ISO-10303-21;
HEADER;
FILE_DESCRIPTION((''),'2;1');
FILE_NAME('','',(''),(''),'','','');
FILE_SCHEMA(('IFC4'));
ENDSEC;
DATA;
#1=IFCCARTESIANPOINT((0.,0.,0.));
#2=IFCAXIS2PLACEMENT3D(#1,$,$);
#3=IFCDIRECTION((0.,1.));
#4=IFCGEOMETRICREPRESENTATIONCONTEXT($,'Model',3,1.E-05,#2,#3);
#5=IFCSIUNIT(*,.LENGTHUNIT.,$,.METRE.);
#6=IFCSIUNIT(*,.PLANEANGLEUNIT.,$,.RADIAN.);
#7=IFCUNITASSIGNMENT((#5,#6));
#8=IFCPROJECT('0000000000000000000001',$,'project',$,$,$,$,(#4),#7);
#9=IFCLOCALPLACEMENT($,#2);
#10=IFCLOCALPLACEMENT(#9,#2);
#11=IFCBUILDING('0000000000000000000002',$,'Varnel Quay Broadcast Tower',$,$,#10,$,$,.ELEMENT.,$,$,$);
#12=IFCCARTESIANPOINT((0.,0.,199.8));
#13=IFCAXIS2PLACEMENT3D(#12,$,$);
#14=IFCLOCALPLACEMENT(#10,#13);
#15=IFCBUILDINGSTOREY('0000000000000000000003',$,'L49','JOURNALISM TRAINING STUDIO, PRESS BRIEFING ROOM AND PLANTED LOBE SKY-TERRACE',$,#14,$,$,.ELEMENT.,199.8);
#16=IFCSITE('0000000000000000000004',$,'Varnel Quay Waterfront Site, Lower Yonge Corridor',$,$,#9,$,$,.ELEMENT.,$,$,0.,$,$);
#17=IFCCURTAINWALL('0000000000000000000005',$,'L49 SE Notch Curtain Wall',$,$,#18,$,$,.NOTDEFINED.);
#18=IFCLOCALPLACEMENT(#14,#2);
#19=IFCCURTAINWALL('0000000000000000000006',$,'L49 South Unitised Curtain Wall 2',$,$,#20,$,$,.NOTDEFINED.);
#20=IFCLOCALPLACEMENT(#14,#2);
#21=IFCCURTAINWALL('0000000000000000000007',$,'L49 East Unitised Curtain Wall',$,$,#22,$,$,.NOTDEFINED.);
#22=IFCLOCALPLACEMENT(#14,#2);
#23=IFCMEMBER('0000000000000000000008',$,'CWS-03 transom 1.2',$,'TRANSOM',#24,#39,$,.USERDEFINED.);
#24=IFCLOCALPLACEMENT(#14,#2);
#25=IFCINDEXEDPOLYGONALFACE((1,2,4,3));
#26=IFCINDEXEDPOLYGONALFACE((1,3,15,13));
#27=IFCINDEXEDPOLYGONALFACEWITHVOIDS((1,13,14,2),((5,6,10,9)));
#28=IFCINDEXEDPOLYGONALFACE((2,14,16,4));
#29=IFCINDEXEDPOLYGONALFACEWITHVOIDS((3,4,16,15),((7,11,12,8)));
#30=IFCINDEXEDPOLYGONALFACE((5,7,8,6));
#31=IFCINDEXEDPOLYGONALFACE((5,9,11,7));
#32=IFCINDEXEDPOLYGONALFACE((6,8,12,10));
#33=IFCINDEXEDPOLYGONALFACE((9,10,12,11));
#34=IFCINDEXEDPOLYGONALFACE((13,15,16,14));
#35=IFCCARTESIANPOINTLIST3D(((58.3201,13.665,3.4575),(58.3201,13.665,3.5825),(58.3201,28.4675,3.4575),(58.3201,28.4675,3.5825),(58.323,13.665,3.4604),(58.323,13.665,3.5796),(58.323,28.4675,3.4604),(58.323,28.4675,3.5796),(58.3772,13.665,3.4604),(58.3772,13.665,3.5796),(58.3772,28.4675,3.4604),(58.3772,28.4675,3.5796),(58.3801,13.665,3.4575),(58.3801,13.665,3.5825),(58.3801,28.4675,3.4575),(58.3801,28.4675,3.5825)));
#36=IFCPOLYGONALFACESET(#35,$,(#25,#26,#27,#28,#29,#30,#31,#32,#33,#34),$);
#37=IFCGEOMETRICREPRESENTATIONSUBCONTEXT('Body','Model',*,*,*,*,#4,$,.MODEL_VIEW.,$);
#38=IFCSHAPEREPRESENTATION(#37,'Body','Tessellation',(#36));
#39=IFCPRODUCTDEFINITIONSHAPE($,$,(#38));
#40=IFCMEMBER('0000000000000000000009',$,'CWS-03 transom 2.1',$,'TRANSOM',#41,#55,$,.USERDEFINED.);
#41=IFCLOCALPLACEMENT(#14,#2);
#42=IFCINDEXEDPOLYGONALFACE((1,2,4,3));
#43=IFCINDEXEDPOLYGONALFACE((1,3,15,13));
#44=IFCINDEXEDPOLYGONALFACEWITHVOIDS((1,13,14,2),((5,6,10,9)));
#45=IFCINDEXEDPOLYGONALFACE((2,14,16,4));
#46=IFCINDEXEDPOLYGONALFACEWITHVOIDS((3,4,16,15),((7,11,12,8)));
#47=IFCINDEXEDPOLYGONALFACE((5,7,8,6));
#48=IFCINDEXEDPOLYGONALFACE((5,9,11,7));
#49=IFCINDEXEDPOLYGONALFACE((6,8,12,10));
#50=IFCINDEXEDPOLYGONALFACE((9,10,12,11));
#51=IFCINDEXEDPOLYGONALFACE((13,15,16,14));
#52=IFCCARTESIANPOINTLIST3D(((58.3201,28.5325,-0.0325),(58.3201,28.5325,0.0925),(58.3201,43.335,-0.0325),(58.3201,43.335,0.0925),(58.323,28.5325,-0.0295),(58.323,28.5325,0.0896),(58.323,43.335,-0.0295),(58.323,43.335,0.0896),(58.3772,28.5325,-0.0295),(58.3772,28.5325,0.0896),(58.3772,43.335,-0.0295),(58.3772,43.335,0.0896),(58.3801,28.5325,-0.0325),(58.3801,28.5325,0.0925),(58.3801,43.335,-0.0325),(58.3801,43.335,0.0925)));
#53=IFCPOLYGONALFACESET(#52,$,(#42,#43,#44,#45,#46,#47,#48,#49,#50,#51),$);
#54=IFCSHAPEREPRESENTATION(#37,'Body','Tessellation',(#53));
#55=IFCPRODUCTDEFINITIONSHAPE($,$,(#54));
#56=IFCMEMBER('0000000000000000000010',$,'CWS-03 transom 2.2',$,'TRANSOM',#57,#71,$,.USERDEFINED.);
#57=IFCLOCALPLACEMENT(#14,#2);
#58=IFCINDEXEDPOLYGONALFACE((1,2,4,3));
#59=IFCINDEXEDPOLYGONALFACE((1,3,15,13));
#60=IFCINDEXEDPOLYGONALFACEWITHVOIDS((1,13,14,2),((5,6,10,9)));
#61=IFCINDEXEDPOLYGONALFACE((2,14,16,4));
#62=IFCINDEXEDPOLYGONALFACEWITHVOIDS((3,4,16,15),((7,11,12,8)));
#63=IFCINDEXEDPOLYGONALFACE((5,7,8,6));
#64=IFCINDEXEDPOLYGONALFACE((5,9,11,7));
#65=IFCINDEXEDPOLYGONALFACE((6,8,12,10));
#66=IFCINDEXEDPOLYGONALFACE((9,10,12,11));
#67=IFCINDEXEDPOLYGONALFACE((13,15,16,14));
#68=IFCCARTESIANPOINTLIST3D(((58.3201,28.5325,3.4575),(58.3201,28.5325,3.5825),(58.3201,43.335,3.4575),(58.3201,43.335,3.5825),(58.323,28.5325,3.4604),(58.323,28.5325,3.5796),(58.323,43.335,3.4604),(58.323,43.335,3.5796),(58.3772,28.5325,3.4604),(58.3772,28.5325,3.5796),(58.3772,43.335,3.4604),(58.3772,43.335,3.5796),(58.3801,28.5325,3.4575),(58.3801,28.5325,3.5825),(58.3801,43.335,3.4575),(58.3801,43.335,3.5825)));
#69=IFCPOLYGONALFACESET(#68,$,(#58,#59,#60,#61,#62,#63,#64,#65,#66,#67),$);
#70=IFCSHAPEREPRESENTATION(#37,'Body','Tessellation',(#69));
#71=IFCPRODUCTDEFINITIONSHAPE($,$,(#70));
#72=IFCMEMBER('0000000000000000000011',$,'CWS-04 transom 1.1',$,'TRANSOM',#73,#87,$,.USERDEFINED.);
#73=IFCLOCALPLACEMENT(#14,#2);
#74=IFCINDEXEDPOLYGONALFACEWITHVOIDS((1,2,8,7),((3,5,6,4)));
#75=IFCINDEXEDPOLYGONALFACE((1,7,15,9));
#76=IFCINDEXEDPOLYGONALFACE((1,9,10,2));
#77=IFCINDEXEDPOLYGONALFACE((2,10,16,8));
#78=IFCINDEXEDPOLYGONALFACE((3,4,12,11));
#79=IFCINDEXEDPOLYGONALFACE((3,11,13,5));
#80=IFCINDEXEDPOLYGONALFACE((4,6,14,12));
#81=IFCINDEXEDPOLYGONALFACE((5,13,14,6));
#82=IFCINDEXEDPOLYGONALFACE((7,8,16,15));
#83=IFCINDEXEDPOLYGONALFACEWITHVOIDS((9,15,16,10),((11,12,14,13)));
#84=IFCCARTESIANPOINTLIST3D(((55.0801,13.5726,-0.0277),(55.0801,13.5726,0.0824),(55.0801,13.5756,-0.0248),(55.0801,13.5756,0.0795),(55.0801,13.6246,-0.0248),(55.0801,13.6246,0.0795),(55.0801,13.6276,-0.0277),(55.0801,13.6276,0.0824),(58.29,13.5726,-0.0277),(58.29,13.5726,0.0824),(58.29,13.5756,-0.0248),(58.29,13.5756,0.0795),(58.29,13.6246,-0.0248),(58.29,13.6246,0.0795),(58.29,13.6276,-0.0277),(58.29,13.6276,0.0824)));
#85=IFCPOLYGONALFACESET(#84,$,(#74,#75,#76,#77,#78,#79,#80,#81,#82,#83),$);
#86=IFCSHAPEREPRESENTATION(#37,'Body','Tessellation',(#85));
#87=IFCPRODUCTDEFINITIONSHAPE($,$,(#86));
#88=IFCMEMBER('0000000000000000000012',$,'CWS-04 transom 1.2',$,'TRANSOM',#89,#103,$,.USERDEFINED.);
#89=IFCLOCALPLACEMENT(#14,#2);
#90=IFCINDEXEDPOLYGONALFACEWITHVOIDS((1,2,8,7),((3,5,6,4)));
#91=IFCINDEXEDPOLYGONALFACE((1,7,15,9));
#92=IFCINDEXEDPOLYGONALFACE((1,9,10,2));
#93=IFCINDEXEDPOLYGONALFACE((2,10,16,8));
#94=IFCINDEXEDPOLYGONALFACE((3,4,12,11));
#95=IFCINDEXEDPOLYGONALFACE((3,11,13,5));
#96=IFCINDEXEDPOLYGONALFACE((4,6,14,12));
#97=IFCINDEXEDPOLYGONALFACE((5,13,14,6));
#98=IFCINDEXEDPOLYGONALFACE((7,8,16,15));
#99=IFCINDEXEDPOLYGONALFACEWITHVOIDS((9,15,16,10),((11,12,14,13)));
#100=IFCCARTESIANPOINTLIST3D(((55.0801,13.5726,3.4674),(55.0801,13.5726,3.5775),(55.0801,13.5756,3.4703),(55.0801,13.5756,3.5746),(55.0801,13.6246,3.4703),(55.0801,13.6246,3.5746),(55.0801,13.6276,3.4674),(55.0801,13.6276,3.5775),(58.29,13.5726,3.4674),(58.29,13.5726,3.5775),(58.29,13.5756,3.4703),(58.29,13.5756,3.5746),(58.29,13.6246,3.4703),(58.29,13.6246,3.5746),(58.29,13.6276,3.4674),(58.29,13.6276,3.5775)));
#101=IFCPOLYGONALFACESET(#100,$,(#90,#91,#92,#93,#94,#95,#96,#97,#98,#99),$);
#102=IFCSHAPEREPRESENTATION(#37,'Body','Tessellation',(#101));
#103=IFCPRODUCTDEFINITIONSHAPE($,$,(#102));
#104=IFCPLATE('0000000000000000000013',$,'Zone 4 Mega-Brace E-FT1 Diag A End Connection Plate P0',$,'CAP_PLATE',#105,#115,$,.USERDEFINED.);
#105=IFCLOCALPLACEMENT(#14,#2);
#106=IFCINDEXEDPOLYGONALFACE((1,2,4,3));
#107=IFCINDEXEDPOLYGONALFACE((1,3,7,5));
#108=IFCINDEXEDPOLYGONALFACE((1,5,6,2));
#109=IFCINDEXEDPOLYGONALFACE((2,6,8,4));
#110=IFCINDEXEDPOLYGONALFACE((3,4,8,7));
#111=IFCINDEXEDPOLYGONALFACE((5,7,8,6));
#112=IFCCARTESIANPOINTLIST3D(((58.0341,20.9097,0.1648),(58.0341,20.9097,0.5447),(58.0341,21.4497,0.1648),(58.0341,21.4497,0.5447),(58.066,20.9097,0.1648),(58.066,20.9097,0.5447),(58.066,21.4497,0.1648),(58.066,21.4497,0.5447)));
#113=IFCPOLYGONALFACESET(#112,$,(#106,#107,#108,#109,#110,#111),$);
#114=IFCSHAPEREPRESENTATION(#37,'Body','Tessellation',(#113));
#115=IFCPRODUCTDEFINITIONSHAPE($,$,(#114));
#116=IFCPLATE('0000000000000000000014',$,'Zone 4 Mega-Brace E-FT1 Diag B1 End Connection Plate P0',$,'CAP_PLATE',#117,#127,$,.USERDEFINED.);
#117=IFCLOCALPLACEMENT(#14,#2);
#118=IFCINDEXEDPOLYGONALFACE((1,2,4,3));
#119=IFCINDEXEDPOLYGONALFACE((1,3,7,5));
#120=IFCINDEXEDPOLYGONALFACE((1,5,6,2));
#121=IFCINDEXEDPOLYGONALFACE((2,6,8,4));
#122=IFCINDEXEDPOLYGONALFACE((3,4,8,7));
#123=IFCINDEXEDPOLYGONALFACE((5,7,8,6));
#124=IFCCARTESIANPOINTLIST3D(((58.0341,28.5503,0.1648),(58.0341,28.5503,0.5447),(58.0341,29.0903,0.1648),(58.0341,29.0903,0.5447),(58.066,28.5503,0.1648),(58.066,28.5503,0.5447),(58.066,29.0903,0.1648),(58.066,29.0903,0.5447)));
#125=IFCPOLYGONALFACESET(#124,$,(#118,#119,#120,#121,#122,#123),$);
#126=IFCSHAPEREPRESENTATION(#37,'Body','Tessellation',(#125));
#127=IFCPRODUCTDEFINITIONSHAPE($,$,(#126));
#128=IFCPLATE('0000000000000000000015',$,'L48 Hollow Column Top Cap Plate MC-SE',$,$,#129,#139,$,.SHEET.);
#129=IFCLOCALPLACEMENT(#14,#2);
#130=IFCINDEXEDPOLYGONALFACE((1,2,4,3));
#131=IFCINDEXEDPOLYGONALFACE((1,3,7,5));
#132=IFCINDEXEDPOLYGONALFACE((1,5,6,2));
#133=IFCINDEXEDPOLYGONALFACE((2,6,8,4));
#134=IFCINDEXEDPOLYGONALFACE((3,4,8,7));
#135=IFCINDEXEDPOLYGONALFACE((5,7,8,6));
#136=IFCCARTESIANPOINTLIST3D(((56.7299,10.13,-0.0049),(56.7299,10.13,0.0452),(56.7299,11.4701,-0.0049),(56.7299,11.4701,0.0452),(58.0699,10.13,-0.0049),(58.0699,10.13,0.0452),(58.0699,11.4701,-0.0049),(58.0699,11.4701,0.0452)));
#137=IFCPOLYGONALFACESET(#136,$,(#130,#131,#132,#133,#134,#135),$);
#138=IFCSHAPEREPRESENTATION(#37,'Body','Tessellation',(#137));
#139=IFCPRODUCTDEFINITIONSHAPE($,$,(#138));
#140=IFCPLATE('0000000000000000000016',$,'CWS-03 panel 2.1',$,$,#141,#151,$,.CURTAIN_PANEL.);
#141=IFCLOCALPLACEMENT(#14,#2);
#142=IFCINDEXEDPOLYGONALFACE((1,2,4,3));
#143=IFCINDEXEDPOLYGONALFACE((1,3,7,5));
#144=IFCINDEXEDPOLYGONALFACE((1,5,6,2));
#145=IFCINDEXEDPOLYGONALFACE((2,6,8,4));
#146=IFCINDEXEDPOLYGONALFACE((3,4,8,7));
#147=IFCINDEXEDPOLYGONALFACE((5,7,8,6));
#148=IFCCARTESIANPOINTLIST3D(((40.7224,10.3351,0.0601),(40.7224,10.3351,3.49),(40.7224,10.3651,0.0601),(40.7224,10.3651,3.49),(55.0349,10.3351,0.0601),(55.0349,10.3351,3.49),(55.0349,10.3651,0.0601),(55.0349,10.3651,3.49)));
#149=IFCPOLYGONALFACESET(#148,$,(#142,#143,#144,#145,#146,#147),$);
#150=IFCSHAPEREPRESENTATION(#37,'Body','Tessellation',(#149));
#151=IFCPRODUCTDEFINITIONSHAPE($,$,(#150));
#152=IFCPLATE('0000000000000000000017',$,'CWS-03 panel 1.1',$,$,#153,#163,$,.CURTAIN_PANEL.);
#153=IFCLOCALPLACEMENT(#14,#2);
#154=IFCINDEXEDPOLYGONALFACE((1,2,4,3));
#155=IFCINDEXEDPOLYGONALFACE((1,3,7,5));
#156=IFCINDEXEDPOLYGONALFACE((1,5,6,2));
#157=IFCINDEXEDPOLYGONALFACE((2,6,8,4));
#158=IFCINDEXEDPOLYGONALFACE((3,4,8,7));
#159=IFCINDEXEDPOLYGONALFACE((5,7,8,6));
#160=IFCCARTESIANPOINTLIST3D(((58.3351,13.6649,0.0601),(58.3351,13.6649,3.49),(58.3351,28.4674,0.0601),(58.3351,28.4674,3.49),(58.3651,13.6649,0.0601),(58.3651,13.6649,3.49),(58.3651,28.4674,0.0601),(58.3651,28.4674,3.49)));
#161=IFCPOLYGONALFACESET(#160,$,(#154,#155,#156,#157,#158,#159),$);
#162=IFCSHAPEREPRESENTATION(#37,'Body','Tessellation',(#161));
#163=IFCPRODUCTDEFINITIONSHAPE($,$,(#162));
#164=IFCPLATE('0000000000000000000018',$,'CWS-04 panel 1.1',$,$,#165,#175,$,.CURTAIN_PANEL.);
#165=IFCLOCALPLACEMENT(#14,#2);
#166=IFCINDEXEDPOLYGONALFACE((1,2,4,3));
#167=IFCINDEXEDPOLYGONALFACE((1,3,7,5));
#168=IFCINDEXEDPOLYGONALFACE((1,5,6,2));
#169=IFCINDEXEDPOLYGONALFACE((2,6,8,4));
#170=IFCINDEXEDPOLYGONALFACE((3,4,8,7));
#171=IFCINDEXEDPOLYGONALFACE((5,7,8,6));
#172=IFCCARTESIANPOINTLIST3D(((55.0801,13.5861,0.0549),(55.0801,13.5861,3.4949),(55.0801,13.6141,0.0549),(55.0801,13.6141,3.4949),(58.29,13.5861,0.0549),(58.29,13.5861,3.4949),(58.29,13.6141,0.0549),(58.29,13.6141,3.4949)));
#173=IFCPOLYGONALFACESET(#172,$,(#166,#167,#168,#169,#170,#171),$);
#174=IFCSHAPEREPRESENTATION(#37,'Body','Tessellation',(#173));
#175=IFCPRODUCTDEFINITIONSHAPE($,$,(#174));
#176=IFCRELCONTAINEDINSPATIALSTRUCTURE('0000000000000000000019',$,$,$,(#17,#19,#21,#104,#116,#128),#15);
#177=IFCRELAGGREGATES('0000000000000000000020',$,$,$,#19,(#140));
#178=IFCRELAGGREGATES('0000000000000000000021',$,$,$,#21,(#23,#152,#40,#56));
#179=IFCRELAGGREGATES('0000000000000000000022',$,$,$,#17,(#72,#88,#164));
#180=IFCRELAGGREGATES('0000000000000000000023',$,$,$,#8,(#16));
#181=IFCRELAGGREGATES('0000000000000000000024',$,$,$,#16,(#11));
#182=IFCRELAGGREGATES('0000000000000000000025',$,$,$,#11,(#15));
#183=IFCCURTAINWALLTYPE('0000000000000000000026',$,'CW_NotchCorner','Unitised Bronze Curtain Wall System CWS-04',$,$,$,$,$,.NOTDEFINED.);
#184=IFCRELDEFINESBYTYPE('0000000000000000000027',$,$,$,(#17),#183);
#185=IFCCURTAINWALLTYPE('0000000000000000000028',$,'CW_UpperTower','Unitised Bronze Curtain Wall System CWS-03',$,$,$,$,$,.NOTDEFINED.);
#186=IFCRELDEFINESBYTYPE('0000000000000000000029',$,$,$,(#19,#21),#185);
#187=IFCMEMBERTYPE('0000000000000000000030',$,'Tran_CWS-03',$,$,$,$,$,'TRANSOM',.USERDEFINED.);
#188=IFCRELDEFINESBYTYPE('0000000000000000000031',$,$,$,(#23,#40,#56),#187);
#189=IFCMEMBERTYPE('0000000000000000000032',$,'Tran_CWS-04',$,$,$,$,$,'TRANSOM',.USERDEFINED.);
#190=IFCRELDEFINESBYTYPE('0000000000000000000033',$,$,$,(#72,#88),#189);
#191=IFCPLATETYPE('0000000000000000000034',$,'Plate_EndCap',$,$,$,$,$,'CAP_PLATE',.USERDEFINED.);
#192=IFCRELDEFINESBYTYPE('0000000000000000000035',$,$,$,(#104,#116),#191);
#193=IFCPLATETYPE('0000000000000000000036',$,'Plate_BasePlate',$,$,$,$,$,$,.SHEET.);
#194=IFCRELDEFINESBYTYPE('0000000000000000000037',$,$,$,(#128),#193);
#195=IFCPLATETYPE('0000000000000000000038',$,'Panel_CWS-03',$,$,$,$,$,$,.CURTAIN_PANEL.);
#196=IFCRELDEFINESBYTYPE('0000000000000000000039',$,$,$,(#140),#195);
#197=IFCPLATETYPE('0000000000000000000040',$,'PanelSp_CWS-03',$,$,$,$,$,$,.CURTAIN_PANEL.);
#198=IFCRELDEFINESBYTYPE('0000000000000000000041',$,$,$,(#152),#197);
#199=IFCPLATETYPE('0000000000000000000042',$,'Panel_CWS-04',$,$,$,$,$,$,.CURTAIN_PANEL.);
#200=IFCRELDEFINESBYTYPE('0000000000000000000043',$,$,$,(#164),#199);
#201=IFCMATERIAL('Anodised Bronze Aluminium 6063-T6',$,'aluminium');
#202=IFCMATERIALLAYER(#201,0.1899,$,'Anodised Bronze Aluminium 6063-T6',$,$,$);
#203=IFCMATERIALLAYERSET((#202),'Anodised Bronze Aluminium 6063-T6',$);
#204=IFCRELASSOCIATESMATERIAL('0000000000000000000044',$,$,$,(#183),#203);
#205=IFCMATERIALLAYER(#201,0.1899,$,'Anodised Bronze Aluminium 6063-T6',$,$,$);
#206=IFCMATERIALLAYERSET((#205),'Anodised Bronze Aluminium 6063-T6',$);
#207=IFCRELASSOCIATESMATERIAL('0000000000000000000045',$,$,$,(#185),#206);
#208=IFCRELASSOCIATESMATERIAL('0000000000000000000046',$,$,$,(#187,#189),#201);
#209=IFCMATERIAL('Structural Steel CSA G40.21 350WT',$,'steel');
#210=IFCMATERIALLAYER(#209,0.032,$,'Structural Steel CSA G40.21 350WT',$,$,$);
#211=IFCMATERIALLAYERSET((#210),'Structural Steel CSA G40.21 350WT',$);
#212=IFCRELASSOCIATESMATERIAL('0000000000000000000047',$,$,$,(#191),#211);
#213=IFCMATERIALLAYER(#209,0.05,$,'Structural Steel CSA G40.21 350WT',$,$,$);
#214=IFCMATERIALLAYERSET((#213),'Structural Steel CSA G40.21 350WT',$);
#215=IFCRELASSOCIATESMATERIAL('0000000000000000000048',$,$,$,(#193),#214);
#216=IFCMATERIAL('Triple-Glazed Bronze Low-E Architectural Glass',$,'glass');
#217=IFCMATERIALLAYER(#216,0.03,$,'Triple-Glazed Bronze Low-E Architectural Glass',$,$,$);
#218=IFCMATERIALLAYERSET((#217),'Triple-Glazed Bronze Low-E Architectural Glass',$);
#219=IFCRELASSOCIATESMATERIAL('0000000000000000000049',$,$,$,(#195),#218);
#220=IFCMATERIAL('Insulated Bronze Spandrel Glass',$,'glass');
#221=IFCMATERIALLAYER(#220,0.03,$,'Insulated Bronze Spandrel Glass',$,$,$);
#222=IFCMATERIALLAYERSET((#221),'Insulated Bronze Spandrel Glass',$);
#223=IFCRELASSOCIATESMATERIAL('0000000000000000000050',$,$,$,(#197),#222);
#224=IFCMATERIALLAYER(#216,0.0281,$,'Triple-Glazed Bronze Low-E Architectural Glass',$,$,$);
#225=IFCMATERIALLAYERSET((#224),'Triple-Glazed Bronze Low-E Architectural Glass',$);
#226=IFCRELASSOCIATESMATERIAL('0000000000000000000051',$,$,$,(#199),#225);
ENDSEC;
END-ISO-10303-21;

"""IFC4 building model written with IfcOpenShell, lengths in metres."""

from ifc_helpers import new_model, si_unit, direction, frame, origin, origin_2d, place, context, subcontext, project, spatial, rectangle, hollow_rectangle, extrude, source, transform, mapped, material, layer, layer_set, material_profile, profile_set, type_object, type_shapes, element, aggregate, save


model = new_model("IFC4")

# Units and contexts
model_context = context("Model", 3, precision=1e-05, world=origin(), true_north=direction((0.0, 1.0)))
body_context = subcontext(model_context, "Body", "Model", "MODEL_VIEW")
ifc_project = project(units=[si_unit("LENGTHUNIT", "METRE"), si_unit("PLANEANGLEUNIT", "RADIAN")], contexts=[model_context])

# Site, building, storey
site_placement = place(None, origin())
site = spatial("IfcSite", under=ifc_project, at=site_placement, Name="Varnel Quay Waterfront Site, Lower Yonge Corridor", CompositionType="ELEMENT", RefElevation=0.0)
building_placement = place(site_placement, origin())
building = spatial("IfcBuilding", under=site, at=building_placement, Name="Varnel Quay Broadcast Tower", CompositionType="ELEMENT")
storey_placement = place(building_placement, frame((0.0, 0.0, 199.8)))
storey = spatial("IfcBuildingStorey", under=building, at=storey_placement, Name="L49", Description="JOURNALISM TRAINING STUDIO, PRESS BRIEFING ROOM AND PLANTED LOBE SKY-TERRACE", CompositionType="ELEMENT", Elevation=199.8)

# Shared definitions
ifc_material_1 = material(Name="Structural Steel CSA G40.21 350WT", Category="steel")

# Curtain wall
ifc_material_2 = material(Name="Anodised Bronze Aluminium 6063-T6", Category="aluminium")
ifc_layer_1 = layer(ifc_material_2, 0.1899, Name="Anodised Bronze Aluminium 6063-T6")
ifc_layer_set_1 = layer_set([ifc_layer_1], Name="Anodised Bronze Aluminium 6063-T6")
curtain_wall_type_1 = type_object("IfcCurtainWallType", Name="CW_NotchCorner", Description="Unitised Bronze Curtain Wall System CWS-04", PredefinedType="NOTDEFINED", material=ifc_layer_set_1)
curtain_wall_1_placement = place(storey_placement, origin())
curtain_wall_1 = element("IfcCurtainWall", 1, at=curtain_wall_1_placement, inside=storey, type_object=curtain_wall_type_1, Name="L49 SE Notch Curtain Wall", PredefinedType="NOTDEFINED")

# Curtain wall
ifc_layer_2 = layer(ifc_material_2, 0.1899, Name="Anodised Bronze Aluminium 6063-T6")
ifc_layer_set_2 = layer_set([ifc_layer_2], Name="Anodised Bronze Aluminium 6063-T6")
curtain_wall_type_2 = type_object("IfcCurtainWallType", Name="CW_UpperTower", Description="Unitised Bronze Curtain Wall System CWS-03", PredefinedType="NOTDEFINED", material=ifc_layer_set_2)
curtain_wall_2_placement = place(storey_placement, origin())
curtain_wall_2 = element("IfcCurtainWall", 2, at=curtain_wall_2_placement, inside=storey, type_object=curtain_wall_type_2, Name="L49 South Unitised Curtain Wall 2", PredefinedType="NOTDEFINED")

# Curtain wall, members
curtain_wall_3_placement = place(storey_placement, origin())
curtain_wall_3 = element("IfcCurtainWall", 3, at=curtain_wall_3_placement, inside=storey, type_object=curtain_wall_type_2, Name="L49 East Unitised Curtain Wall", PredefinedType="NOTDEFINED")
ifc_material_profile_1 = material_profile(ifc_material_2, hollow_rectangle(XDim=0.0601, YDim=0.125, WallThickness=0.0029, at=origin_2d()), Name="ALU60X125X3")
ifc_profile_set_1 = profile_set([ifc_material_profile_1], Name="Anodised Bronze Aluminium 6063-T6")
member_type_1 = type_object("IfcMemberType", Name="Tran_CWS-03", ElementType="TRANSOM", PredefinedType="USERDEFINED", material=ifc_profile_set_1)
shared_shape_1 = source(origin(), body_context, "Body", "SweptSolid", [
    extrude(hollow_rectangle(XDim=0.0601, YDim=0.125, WallThickness=0.0029, at=origin_2d()), origin(), (0.0, 0.0, 1.0), 14.8025),
])
type_shapes(member_type_1, [shared_shape_1])
member_1_placement = place(storey_placement, frame((58.3501, 13.665, 3.52), z_axis=(0.0, 1.0, 0.0), x_axis=(-1.0, 0.0, 0.0)))
member_1 = element("IfcMember", 4, at=member_1_placement, type_object=member_type_1, Name="CWS-03 transom 1.2", ObjectType="TRANSOM", PredefinedType="USERDEFINED", context=body_context, shape_type="MappedRepresentation", body=[
    mapped(shared_shape_1, transform((0.0, 0.0, 0.0), x_axis=(1.0, 0.0, 0.0), y_axis=(0.0, 1.0, 0.0), z_axis=(0.0, 0.0, 1.0), scale=1.0)),
])
member_2_placement = place(storey_placement, frame((58.3501, 28.5325, 0.03), z_axis=(0.0, 1.0, 0.0), x_axis=(-1.0, 0.0, 0.0)))
member_2 = element("IfcMember", 5, at=member_2_placement, type_object=member_type_1, Name="CWS-03 transom 2.1", ObjectType="TRANSOM", PredefinedType="USERDEFINED", context=body_context, shape_type="MappedRepresentation", body=[
    mapped(shared_shape_1, transform((0.0, 0.0, 0.0), x_axis=(1.0, 0.0, 0.0), y_axis=(0.0, 1.0, 0.0), z_axis=(0.0, 0.0, 1.0), scale=1.0)),
])
member_3_placement = place(storey_placement, frame((58.3501, 28.5325, 3.52), z_axis=(0.0, 1.0, 0.0), x_axis=(-1.0, 0.0, 0.0)))
member_3 = element("IfcMember", 6, at=member_3_placement, type_object=member_type_1, Name="CWS-03 transom 2.2", ObjectType="TRANSOM", PredefinedType="USERDEFINED", context=body_context, shape_type="MappedRepresentation", body=[
    mapped(shared_shape_1, transform((0.0, 0.0, 0.0), x_axis=(1.0, 0.0, 0.0), y_axis=(0.0, 1.0, 0.0), z_axis=(0.0, 0.0, 1.0), scale=1.0)),
])

# Members
ifc_material_profile_2 = material_profile(ifc_material_2, hollow_rectangle(XDim=0.0549, YDim=0.1101, WallThickness=0.0029, at=origin_2d()), Name="ALU55X110X3")
ifc_profile_set_2 = profile_set([ifc_material_profile_2], Name="Anodised Bronze Aluminium 6063-T6")
member_type_2 = type_object("IfcMemberType", Name="Tran_CWS-04", ElementType="TRANSOM", PredefinedType="USERDEFINED", material=ifc_profile_set_2)
shared_shape_2 = source(origin(), body_context, "Body", "SweptSolid", [
    extrude(hollow_rectangle(XDim=0.0549, YDim=0.1101, WallThickness=0.0029, at=origin_2d()), origin(), (0.0, 0.0, 1.0), 3.21),
])
type_shapes(member_type_2, [shared_shape_2])
member_4_placement = place(storey_placement, frame((55.0801, 13.6001, 0.0273), z_axis=(1.0, 0.0, 0.0), x_axis=(0.0, 1.0, 0.0)))
member_4 = element("IfcMember", 7, at=member_4_placement, type_object=member_type_2, Name="CWS-04 transom 1.1", ObjectType="TRANSOM", PredefinedType="USERDEFINED", context=body_context, shape_type="MappedRepresentation", body=[
    mapped(shared_shape_2, transform((0.0, 0.0, 0.0), x_axis=(1.0, 0.0, 0.0), y_axis=(0.0, 1.0, 0.0), z_axis=(0.0, 0.0, 1.0), scale=1.0)),
])
member_5_placement = place(storey_placement, frame((55.0801, 13.6001, 3.5225), z_axis=(1.0, 0.0, 0.0), x_axis=(0.0, 1.0, 0.0)))
member_5 = element("IfcMember", 8, at=member_5_placement, type_object=member_type_2, Name="CWS-04 transom 1.2", ObjectType="TRANSOM", PredefinedType="USERDEFINED", context=body_context, shape_type="MappedRepresentation", body=[
    mapped(shared_shape_2, transform((0.0, 0.0, 0.0), x_axis=(1.0, 0.0, 0.0), y_axis=(0.0, 1.0, 0.0), z_axis=(0.0, 0.0, 1.0), scale=1.0)),
])

# Plates
ifc_layer_3 = layer(ifc_material_1, 0.032, Name="Structural Steel CSA G40.21 350WT")
ifc_layer_set_3 = layer_set([ifc_layer_3], Name="Structural Steel CSA G40.21 350WT")
plate_type_1 = type_object("IfcPlateType", Name="Plate_EndCap", ElementType="CAP_PLATE", PredefinedType="USERDEFINED", material=ifc_layer_set_3)
shared_shape_3 = source(origin(), body_context, "Body", "SweptSolid", [
    extrude(rectangle(XDim=0.54, YDim=0.032, at=origin_2d()), origin(), (0.0, 0.0, 1.0), 0.3799),
])
type_shapes(plate_type_1, [shared_shape_3])
for number, where, z_axis, x_axis, name in (
    (9, (58.05, 21.1797, 0.1648), (0.0, 0.0, 1.0), (0.0, 1.0, 0.0), "Zone 4 Mega-Brace E-FT1 Diag A End Connection Plate P0"),
    (10, (58.05, 28.8203, 0.1648), (0.0, 0.0, 1.0), (0.0, 1.0, 0.0), "Zone 4 Mega-Brace E-FT1 Diag B1 End Connection Plate P0"),
):
    element("IfcPlate", number, at=place(storey_placement, frame(where, z_axis=z_axis, x_axis=x_axis)), inside=storey, type_object=plate_type_1, Name=name, ObjectType="CAP_PLATE", PredefinedType="USERDEFINED", context=body_context, shape_type="MappedRepresentation", body=[
        mapped(shared_shape_3, transform((0.0, 0.0, 0.0), x_axis=(1.0, 0.0, 0.0), y_axis=(0.0, 1.0, 0.0), z_axis=(0.0, 0.0, 1.0), scale=1.0)),
    ])
ifc_layer_4 = layer(ifc_material_1, 0.05, Name="Structural Steel CSA G40.21 350WT")
ifc_layer_set_4 = layer_set([ifc_layer_4], Name="Structural Steel CSA G40.21 350WT")
plate_type_2 = type_object("IfcPlateType", Name="Plate_BasePlate", PredefinedType="SHEET", material=ifc_layer_set_4)
shared_shape_4 = source(origin(), body_context, "Body", "SweptSolid", [
    extrude(rectangle(XDim=1.3401, YDim=1.3401, at=origin_2d()), origin(), (0.0, 0.0, 1.0), 0.05),
])
type_shapes(plate_type_2, [shared_shape_4])
plate_1_placement = place(storey_placement, frame((57.3999, 10.8, -0.0049), z_axis=(0.0, 0.0, 1.0), x_axis=(1.0, 0.0, 0.0)))
element("IfcPlate", 11, at=plate_1_placement, inside=storey, type_object=plate_type_2, Name="L48 Hollow Column Top Cap Plate MC-SE", PredefinedType="SHEET", context=body_context, shape_type="MappedRepresentation", body=[
    mapped(shared_shape_4, transform((0.0, 0.0, 0.0), x_axis=(1.0, 0.0, 0.0), y_axis=(0.0, 1.0, 0.0), z_axis=(0.0, 0.0, 1.0), scale=1.0)),
])

# Plates
ifc_material_3 = material(Name="Triple-Glazed Bronze Low-E Architectural Glass", Category="glass")
ifc_layer_5 = layer(ifc_material_3, 0.03, Name="Triple-Glazed Bronze Low-E Architectural Glass")
ifc_layer_set_5 = layer_set([ifc_layer_5], Name="Triple-Glazed Bronze Low-E Architectural Glass")
plate_type_3 = type_object("IfcPlateType", Name="Panel_CWS-03", PredefinedType="CURTAIN_PANEL", material=ifc_layer_set_5)
shared_shape_5 = source(origin(), body_context, "Body", "SweptSolid", [
    extrude(rectangle(XDim=14.3125, YDim=0.03, at=origin_2d()), origin(), (0.0, 0.0, 1.0), 3.4299),
])
type_shapes(plate_type_3, [shared_shape_5])
plate_2_placement = place(storey_placement, frame((47.8787, 10.3501, 0.0601), z_axis=(0.0, 0.0, 1.0), x_axis=(1.0, 0.0, 0.0)))
plate_2 = element("IfcPlate", 12, at=plate_2_placement, type_object=plate_type_3, Name="CWS-03 panel 2.1", PredefinedType="CURTAIN_PANEL", context=body_context, shape_type="MappedRepresentation", body=[
    mapped(shared_shape_5, transform((0.0, 0.0, 0.0), x_axis=(1.0, 0.0, 0.0), y_axis=(0.0, 1.0, 0.0), z_axis=(0.0, 0.0, 1.0), scale=1.0)),
])
aggregate(curtain_wall_2, [plate_2])
ifc_material_4 = material(Name="Insulated Bronze Spandrel Glass", Category="glass")
ifc_layer_6 = layer(ifc_material_4, 0.03, Name="Insulated Bronze Spandrel Glass")
ifc_layer_set_6 = layer_set([ifc_layer_6], Name="Insulated Bronze Spandrel Glass")
plate_type_4 = type_object("IfcPlateType", Name="PanelSp_CWS-03", PredefinedType="CURTAIN_PANEL", material=ifc_layer_set_6)
shared_shape_6 = source(origin(), body_context, "Body", "SweptSolid", [
    extrude(rectangle(XDim=14.8025, YDim=0.03, at=origin_2d()), origin(), (0.0, 0.0, 1.0), 3.4299),
])
type_shapes(plate_type_4, [shared_shape_6])
plate_3_placement = place(storey_placement, frame((58.3501, 21.0662, 0.0601), z_axis=(0.0, 0.0, 1.0), x_axis=(0.0, 1.0, 0.0)))
plate_3 = element("IfcPlate", 13, at=plate_3_placement, type_object=plate_type_4, Name="CWS-03 panel 1.1", PredefinedType="CURTAIN_PANEL", context=body_context, shape_type="MappedRepresentation", body=[
    mapped(shared_shape_6, transform((0.0, 0.0, 0.0), x_axis=(1.0, 0.0, 0.0), y_axis=(0.0, 1.0, 0.0), z_axis=(0.0, 0.0, 1.0), scale=1.0)),
])
aggregate(curtain_wall_3, [member_1, plate_3, member_2, member_3])
ifc_layer_7 = layer(ifc_material_3, 0.0281, Name="Triple-Glazed Bronze Low-E Architectural Glass")
ifc_layer_set_7 = layer_set([ifc_layer_7], Name="Triple-Glazed Bronze Low-E Architectural Glass")
plate_type_5 = type_object("IfcPlateType", Name="Panel_CWS-04", PredefinedType="CURTAIN_PANEL", material=ifc_layer_set_7)
shared_shape_7 = source(origin(), body_context, "Body", "SweptSolid", [
    extrude(rectangle(XDim=3.21, YDim=0.0281, at=origin_2d()), origin(), (0.0, 0.0, 1.0), 3.4399),
])
type_shapes(plate_type_5, [shared_shape_7])
plate_4_placement = place(storey_placement, frame((56.6851, 13.6001, 0.0549), z_axis=(0.0, 0.0, 1.0), x_axis=(1.0, 0.0, 0.0)))
plate_4 = element("IfcPlate", 14, at=plate_4_placement, type_object=plate_type_5, Name="CWS-04 panel 1.1", PredefinedType="CURTAIN_PANEL", context=body_context, shape_type="MappedRepresentation", body=[
    mapped(shared_shape_7, transform((0.0, 0.0, 0.0), x_axis=(1.0, 0.0, 0.0), y_axis=(0.0, 1.0, 0.0), z_axis=(0.0, 0.0, 1.0), scale=1.0)),
])
aggregate(curtain_wall_1, [member_4, member_5, plate_4])

save(model, "model.ifc")
